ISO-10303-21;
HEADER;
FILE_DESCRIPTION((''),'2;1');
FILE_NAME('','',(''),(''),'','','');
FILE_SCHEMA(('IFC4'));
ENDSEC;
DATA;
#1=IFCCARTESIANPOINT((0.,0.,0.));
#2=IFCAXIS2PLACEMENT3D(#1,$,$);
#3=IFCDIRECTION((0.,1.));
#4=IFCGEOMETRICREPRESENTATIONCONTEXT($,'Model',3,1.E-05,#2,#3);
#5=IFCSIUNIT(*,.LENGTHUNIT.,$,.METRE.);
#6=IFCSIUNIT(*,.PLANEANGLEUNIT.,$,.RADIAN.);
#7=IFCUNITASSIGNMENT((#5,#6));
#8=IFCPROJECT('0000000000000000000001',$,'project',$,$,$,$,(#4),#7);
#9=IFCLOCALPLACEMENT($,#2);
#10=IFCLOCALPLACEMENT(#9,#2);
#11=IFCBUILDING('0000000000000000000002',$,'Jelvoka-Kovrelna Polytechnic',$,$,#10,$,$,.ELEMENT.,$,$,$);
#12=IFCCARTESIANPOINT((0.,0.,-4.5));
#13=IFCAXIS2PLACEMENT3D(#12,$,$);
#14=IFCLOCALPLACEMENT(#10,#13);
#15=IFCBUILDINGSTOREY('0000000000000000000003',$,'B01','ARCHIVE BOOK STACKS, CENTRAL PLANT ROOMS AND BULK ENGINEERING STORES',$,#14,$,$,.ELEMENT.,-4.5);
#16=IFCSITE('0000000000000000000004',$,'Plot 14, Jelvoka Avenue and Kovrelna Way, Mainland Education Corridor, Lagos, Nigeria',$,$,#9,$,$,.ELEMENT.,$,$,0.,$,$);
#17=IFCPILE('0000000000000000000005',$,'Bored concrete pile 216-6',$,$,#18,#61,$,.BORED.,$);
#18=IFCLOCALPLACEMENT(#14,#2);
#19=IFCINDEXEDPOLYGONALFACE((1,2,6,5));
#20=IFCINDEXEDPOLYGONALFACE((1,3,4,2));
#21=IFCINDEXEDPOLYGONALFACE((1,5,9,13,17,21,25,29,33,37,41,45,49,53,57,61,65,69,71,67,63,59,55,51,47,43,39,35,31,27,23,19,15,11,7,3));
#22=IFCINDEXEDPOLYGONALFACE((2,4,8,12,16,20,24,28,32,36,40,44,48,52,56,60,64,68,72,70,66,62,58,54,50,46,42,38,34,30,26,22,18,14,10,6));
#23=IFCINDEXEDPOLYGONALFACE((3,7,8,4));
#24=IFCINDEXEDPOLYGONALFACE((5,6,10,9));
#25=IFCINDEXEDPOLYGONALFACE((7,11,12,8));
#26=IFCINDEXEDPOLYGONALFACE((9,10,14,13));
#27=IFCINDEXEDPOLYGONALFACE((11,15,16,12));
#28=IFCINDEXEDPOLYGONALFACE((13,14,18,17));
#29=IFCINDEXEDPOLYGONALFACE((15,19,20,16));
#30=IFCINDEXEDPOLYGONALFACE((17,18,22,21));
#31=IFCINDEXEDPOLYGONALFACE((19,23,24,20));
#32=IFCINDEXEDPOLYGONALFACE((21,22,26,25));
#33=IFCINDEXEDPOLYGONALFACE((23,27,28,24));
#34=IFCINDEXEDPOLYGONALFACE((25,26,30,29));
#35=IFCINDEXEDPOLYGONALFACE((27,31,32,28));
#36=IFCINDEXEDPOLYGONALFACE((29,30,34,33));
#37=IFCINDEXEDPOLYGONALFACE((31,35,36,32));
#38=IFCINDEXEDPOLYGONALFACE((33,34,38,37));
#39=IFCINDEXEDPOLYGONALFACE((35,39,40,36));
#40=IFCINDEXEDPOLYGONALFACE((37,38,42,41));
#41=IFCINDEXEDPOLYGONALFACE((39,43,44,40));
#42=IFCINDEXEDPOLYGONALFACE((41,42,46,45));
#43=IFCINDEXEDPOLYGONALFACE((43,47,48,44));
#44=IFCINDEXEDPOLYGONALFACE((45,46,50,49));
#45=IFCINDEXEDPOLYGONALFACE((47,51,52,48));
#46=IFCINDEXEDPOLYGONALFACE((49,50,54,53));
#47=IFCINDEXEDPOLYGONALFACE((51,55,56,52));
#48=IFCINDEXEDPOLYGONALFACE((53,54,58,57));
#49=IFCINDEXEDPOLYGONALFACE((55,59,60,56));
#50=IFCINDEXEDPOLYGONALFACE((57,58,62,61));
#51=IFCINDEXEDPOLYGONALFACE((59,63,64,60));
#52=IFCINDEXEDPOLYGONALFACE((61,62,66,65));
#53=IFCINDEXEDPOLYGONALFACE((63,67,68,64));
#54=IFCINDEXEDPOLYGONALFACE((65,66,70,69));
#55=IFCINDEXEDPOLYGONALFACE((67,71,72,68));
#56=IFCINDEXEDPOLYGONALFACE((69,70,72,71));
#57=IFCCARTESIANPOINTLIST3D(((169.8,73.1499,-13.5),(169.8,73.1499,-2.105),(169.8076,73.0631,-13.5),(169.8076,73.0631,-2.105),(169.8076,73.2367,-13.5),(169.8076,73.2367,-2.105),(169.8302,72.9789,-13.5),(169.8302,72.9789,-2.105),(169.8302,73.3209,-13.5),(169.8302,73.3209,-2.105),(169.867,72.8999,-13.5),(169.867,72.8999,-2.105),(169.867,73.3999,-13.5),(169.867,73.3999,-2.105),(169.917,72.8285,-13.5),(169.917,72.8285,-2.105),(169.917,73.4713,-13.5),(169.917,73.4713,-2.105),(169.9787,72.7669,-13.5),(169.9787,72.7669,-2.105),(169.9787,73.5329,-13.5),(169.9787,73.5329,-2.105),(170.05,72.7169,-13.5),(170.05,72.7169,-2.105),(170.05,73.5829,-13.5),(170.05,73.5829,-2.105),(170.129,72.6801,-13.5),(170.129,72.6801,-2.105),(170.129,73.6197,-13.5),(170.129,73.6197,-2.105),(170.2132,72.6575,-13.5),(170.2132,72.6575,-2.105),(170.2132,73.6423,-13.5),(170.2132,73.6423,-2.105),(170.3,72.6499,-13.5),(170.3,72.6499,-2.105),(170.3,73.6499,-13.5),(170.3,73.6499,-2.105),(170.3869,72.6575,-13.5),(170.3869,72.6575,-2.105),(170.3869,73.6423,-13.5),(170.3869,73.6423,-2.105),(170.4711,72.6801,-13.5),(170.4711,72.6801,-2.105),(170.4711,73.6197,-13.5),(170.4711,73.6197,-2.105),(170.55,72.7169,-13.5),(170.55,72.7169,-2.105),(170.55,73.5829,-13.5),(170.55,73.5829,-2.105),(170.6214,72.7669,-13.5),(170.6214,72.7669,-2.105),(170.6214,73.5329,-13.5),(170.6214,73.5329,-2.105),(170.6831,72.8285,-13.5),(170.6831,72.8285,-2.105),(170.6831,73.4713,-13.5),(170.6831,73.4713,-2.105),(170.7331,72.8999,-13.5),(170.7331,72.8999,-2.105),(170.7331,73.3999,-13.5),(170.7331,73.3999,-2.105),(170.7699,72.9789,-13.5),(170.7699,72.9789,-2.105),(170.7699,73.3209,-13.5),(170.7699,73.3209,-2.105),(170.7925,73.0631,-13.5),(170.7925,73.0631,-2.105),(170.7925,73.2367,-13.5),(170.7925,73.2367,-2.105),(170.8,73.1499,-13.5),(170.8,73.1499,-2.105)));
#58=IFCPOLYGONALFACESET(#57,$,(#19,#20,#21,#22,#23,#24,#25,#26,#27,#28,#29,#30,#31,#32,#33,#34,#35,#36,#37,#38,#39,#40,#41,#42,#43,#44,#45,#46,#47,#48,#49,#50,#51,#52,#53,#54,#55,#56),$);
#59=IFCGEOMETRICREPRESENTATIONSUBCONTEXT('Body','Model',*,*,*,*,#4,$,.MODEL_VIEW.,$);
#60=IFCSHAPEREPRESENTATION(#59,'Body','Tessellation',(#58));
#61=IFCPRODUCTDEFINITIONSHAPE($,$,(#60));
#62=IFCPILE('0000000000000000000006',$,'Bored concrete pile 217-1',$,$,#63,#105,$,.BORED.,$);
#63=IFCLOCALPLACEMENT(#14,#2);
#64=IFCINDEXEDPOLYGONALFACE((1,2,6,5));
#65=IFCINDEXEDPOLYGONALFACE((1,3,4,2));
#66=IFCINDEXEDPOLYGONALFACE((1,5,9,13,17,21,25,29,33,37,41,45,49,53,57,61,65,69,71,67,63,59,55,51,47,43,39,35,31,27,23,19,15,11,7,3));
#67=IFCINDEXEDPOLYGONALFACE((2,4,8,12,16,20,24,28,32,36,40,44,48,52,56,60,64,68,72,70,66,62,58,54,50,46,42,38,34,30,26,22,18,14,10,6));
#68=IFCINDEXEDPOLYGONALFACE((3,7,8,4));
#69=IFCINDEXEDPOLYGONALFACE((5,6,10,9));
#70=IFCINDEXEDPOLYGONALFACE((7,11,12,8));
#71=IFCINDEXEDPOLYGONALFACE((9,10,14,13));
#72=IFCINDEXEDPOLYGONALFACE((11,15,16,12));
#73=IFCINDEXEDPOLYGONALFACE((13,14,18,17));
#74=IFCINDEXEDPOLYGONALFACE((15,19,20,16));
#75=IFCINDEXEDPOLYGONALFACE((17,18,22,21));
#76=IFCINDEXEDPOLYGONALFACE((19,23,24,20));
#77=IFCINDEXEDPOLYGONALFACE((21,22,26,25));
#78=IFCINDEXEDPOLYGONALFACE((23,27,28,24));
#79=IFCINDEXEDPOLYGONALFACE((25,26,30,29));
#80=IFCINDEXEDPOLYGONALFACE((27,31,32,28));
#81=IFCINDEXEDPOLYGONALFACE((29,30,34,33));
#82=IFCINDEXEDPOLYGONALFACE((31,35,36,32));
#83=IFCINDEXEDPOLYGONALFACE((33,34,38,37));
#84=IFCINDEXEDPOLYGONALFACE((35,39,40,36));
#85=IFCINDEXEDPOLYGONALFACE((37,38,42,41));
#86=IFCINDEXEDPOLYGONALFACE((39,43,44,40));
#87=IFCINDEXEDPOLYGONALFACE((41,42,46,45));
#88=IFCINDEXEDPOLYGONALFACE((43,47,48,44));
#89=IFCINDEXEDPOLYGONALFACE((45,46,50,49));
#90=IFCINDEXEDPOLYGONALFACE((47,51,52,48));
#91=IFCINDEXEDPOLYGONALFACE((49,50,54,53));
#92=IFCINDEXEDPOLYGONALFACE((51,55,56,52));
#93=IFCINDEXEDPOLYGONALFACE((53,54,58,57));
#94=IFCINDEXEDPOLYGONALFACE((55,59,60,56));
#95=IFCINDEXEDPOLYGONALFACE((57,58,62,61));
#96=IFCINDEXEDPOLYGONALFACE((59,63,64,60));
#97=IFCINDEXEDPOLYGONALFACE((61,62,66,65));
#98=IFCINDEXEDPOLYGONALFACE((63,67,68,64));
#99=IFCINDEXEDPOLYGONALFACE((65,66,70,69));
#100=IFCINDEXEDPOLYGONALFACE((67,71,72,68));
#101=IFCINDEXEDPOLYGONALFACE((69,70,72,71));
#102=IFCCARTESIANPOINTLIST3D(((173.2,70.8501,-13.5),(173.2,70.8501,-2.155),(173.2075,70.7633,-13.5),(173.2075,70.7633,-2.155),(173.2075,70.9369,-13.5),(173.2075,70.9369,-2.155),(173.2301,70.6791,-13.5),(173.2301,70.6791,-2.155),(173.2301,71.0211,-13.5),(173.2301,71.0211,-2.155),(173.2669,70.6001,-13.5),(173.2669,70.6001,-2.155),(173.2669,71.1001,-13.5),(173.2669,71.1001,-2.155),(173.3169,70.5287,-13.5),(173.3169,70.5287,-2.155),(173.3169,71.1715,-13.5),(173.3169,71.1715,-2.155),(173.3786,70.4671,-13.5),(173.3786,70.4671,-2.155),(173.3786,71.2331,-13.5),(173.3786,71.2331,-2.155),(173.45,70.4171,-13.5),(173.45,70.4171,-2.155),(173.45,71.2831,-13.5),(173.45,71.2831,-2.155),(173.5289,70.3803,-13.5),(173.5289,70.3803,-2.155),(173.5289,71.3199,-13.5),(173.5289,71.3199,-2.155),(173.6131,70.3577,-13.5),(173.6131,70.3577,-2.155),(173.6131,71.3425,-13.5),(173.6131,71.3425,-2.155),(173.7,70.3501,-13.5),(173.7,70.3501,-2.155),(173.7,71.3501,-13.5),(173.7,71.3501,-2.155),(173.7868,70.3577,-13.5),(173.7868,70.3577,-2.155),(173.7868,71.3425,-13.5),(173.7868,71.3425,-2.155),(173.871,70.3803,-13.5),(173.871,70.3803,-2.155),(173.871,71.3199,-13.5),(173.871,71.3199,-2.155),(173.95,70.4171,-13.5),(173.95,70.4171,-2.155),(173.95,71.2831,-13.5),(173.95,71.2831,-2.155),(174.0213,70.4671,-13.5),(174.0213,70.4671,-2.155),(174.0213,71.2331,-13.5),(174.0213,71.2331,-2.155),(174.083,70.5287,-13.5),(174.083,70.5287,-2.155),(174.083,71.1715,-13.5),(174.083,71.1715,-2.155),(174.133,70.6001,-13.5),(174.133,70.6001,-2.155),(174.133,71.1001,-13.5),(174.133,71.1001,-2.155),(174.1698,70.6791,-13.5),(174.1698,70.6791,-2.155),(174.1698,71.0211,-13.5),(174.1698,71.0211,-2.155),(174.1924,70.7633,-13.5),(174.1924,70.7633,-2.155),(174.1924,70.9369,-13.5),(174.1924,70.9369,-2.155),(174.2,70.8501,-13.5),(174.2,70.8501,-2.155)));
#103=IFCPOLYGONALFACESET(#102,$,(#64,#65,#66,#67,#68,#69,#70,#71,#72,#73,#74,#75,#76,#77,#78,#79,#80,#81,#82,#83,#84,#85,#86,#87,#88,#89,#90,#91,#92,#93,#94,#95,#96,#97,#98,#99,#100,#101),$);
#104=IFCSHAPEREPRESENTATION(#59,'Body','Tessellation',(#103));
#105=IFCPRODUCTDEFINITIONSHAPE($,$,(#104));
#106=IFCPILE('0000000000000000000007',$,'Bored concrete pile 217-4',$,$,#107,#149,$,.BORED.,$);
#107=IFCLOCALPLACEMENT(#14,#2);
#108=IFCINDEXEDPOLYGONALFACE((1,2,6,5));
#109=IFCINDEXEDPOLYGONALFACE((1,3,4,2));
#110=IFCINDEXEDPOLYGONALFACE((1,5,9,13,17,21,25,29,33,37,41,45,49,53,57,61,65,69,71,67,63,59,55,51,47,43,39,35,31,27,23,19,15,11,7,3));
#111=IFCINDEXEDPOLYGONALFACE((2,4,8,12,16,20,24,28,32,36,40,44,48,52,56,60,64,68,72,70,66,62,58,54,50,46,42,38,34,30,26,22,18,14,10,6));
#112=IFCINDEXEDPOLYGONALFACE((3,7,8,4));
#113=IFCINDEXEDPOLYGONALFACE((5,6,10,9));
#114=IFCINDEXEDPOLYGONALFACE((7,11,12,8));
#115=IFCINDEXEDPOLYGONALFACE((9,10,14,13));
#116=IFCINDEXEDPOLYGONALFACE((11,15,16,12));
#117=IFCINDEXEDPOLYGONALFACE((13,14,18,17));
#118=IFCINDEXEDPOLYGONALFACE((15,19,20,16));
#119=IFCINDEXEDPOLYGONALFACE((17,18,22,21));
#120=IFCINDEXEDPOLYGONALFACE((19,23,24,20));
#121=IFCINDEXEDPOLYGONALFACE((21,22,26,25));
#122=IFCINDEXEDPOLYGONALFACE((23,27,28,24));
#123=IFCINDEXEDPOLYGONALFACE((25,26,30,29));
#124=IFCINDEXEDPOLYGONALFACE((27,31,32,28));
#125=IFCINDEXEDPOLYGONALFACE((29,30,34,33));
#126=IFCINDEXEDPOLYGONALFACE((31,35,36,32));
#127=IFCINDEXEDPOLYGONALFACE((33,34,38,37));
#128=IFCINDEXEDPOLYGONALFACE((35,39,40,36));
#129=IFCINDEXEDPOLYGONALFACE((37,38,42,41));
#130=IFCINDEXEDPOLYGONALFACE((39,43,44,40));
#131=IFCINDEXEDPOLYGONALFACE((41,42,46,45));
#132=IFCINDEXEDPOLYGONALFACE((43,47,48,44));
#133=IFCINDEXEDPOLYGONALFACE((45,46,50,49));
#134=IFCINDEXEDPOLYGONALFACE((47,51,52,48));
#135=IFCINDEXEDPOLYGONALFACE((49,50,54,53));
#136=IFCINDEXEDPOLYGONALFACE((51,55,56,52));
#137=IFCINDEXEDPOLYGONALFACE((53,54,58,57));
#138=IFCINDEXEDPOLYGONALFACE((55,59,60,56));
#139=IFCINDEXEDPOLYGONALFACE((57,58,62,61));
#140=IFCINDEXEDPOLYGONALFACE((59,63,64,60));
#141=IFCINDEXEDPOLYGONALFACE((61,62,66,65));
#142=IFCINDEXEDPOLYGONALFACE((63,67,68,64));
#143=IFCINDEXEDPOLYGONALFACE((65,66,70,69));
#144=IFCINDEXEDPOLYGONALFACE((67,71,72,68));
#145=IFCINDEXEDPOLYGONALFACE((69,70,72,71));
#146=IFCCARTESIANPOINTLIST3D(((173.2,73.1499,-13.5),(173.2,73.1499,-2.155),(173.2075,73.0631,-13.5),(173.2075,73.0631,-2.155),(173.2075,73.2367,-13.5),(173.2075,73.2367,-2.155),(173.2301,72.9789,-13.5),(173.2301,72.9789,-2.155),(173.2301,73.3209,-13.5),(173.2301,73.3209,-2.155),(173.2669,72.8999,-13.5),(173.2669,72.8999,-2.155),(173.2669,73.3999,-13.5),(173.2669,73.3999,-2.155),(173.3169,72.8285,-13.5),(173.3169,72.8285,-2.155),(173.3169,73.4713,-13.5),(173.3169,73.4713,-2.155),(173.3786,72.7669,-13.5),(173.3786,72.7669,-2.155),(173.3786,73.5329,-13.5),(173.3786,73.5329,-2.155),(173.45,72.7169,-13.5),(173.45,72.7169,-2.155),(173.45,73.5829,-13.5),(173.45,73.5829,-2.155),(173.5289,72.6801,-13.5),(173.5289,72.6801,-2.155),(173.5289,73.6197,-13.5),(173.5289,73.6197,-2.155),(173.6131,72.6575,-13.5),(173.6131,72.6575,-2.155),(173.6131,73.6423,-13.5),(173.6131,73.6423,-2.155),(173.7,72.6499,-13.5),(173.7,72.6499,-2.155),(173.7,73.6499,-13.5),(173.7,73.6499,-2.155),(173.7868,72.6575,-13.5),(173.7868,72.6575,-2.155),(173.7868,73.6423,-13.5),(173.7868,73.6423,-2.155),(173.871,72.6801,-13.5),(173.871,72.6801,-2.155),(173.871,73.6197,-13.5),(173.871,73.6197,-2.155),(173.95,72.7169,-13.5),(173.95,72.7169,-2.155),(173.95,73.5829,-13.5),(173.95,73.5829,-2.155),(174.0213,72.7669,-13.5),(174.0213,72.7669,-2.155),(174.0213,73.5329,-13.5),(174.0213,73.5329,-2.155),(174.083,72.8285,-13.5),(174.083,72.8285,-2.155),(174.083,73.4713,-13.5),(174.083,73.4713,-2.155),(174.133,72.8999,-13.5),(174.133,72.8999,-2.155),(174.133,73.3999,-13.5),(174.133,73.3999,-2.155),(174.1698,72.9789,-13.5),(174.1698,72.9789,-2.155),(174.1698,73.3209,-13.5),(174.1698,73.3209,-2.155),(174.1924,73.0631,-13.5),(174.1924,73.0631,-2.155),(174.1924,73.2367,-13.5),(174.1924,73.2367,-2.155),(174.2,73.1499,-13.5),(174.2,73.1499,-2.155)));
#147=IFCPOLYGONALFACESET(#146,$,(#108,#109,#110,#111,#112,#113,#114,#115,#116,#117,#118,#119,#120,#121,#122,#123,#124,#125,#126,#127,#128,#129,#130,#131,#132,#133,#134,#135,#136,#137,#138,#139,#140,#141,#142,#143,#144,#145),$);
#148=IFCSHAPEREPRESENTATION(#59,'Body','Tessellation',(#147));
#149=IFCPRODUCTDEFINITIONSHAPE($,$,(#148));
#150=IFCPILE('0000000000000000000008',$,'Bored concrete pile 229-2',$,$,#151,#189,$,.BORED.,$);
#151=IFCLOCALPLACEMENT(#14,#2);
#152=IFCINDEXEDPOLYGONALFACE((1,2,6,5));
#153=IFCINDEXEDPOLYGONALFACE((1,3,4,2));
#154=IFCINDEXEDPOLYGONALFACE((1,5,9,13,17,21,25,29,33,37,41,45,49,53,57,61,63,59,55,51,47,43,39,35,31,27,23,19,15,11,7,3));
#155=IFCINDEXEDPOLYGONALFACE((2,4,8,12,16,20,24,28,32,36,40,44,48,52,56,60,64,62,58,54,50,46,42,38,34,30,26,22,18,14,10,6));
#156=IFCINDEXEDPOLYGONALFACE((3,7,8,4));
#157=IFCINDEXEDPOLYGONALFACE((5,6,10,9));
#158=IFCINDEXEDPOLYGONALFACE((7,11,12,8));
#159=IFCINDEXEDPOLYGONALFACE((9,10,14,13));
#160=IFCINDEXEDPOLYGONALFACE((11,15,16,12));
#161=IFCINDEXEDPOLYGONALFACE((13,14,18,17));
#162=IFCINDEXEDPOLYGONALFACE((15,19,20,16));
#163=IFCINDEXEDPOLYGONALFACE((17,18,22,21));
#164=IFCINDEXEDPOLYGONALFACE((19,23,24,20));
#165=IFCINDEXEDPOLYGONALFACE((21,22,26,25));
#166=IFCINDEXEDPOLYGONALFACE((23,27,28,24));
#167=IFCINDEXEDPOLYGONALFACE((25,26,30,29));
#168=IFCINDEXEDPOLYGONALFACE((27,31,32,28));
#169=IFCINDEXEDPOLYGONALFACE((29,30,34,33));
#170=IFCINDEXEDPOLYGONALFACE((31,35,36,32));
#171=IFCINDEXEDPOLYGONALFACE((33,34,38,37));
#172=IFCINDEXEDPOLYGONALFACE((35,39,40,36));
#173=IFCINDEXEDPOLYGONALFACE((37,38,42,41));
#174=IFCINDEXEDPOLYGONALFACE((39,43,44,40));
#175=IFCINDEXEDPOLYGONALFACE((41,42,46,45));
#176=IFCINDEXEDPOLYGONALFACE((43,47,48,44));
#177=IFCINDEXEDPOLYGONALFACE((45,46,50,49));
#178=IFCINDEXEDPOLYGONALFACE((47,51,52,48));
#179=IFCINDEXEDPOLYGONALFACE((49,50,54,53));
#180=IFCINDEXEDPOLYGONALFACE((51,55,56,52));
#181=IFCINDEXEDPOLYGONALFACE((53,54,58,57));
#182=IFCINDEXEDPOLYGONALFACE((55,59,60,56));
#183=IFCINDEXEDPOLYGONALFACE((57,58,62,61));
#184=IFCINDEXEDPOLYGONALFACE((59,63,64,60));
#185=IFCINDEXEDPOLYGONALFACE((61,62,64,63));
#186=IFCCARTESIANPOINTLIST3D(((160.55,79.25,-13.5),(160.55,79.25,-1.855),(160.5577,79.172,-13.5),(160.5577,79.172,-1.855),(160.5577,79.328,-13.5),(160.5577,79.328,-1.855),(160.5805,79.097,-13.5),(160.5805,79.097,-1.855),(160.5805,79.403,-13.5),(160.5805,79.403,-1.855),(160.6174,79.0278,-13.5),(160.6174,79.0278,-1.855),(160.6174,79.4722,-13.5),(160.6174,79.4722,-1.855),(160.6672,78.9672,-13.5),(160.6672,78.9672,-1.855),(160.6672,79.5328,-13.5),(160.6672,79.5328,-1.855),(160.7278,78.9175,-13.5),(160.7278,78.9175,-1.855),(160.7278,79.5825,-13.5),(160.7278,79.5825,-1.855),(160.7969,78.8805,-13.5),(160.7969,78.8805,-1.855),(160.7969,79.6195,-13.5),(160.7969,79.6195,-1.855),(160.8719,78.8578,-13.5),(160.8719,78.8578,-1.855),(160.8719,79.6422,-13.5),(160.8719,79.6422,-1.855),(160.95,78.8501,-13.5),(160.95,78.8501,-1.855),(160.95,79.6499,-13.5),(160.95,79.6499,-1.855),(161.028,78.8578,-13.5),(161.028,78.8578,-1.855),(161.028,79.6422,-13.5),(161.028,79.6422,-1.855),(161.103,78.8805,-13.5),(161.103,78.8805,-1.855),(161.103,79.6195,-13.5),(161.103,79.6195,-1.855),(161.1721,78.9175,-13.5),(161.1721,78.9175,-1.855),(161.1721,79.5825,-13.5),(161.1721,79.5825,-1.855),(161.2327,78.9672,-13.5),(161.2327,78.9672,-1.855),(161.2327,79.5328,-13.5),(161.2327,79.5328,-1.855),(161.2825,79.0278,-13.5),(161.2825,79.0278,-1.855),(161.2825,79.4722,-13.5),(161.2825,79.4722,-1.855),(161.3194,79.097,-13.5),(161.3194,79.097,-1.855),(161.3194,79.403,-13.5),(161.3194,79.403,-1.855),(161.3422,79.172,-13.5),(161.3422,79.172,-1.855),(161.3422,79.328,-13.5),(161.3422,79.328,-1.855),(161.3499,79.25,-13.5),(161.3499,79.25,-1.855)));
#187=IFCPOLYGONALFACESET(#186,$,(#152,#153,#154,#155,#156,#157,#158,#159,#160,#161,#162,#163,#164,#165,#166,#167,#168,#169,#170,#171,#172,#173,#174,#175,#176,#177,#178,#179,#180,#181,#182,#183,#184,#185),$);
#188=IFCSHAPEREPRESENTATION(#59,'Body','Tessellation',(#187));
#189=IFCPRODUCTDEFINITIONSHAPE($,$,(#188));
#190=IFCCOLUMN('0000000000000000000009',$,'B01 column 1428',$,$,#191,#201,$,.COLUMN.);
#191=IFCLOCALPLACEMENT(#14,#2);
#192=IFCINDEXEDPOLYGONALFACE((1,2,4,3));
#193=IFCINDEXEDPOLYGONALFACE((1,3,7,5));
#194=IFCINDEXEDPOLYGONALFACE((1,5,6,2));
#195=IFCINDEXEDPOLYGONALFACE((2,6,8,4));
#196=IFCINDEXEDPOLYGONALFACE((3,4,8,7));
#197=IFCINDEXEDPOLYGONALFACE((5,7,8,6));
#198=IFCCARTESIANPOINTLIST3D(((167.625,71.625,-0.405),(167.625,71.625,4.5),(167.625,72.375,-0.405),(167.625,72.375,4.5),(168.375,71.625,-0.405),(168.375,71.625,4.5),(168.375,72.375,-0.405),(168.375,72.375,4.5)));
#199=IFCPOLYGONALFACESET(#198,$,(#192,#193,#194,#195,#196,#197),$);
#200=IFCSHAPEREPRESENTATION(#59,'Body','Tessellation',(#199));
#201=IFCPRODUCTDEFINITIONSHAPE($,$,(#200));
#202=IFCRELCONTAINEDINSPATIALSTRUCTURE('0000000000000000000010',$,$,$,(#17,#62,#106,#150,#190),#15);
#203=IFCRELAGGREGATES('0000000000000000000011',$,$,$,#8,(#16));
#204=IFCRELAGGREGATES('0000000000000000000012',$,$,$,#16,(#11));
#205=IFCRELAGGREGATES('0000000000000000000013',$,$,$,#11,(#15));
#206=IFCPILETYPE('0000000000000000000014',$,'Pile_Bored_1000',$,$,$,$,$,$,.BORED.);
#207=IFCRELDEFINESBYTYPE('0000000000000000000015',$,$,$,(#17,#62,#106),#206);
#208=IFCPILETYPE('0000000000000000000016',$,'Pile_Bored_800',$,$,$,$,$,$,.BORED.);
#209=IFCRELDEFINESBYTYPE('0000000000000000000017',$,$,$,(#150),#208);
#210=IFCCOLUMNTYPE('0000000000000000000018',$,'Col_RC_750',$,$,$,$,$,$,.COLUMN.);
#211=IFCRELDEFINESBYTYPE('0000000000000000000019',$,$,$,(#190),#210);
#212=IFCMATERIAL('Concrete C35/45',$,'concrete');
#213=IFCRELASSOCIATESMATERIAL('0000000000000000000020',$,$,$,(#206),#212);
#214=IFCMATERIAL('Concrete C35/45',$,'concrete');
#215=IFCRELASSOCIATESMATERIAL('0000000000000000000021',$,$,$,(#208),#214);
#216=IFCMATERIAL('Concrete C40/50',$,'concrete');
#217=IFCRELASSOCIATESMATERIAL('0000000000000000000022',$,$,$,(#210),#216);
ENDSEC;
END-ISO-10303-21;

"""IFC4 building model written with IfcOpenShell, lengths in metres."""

from ifc_helpers import new_model, si_unit, direction, frame, origin, origin_2d, place, context, subcontext, project, spatial, rectangle, circle, extrude, material, material_profile, profile_set, type_object, element, save


model = new_model("IFC4")

# Units and contexts
model_context = context("Model", 3, precision=1e-05, world=origin(), true_north=direction((0.0, 1.0)))
body_context = subcontext(model_context, "Body", "Model", "MODEL_VIEW")
ifc_project = project(units=[si_unit("LENGTHUNIT", "METRE"), si_unit("PLANEANGLEUNIT", "RADIAN")], contexts=[model_context])

# Site, building, storey
site_placement = place(None, origin())
site = spatial("IfcSite", under=ifc_project, at=site_placement, Name="Plot 14, Jelvoka Avenue and Kovrelna Way, Mainland Education Corridor, Lagos, Nigeria", CompositionType="ELEMENT", RefElevation=0.0)
building_placement = place(site_placement, origin())
building = spatial("IfcBuilding", under=site, at=building_placement, Name="Jelvoka-Kovrelna Polytechnic", CompositionType="ELEMENT")
storey_placement = place(building_placement, frame((0.0, 0.0, -4.5)))
storey = spatial("IfcBuildingStorey", under=building, at=storey_placement, Name="B01", Description="ARCHIVE BOOK STACKS, CENTRAL PLANT ROOMS AND BULK ENGINEERING STORES", CompositionType="ELEMENT", Elevation=-4.5)

# Piles
ifc_material_1 = material(Name="Concrete C35/45", Category="concrete")
ifc_material_profile_1 = material_profile(ifc_material_1, circle(Radius=0.5, at=origin_2d()), Name="PILE D1000")
ifc_profile_set_1 = profile_set([ifc_material_profile_1], Name="Concrete C35/45")
pile_type_1 = type_object("IfcPileType", Name="Pile_Bored_1000", PredefinedType="BORED", material=ifc_profile_set_1)
for number, where, z_axis, x_axis, name in (
    (1, (170.3, 73.1499, -2.105), (0.0, 0.0, -1.0), (1.0, 0.0, 0.0), "Bored concrete pile 216-6"),
):
    element("IfcPile", number, at=place(storey_placement, frame(where, z_axis=z_axis, x_axis=x_axis)), inside=storey, type_object=pile_type_1, Name=name, PredefinedType="BORED", context=body_context, shape_type="SweptSolid", body=[
        extrude(circle(Radius=0.5, at=origin_2d()), origin(), (0.0, 0.0, 1.0), 11.395),
    ])
for number, where, z_axis, x_axis, name in (
    (2, (173.7, 70.8501, -2.155), (0.0, 0.0, -1.0), (1.0, 0.0, 0.0), "Bored concrete pile 217-1"),
    (3, (173.7, 73.1499, -2.155), (0.0, 0.0, -1.0), (1.0, 0.0, 0.0), "Bored concrete pile 217-4"),
):
    element("IfcPile", number, at=place(storey_placement, frame(where, z_axis=z_axis, x_axis=x_axis)), inside=storey, type_object=pile_type_1, Name=name, PredefinedType="BORED", context=body_context, shape_type="SweptSolid", body=[
        extrude(circle(Radius=0.5, at=origin_2d()), origin(), (0.0, 0.0, 1.0), 11.345),
    ])
ifc_material_2 = material(Name="Concrete C35/45", Category="concrete")
ifc_material_profile_2 = material_profile(ifc_material_2, circle(Radius=0.3999, at=origin_2d()), Name="PILE D800")
ifc_profile_set_2 = profile_set([ifc_material_profile_2], Name="Concrete C35/45")
pile_type_2 = type_object("IfcPileType", Name="Pile_Bored_800", PredefinedType="BORED", material=ifc_profile_set_2)
pile_1_placement = place(storey_placement, frame((160.95, 79.25, -1.855), z_axis=(0.0, 0.0, -1.0), x_axis=(1.0, 0.0, 0.0)))
element("IfcPile", 4, at=pile_1_placement, inside=storey, type_object=pile_type_2, Name="Bored concrete pile 229-2", PredefinedType="BORED", context=body_context, shape_type="SweptSolid", body=[
    extrude(circle(Radius=0.3999, at=origin_2d()), origin(), (0.0, 0.0, 1.0), 11.645),
])

# Column
ifc_material_3 = material(Name="Concrete C40/50", Category="concrete")
ifc_material_profile_3 = material_profile(ifc_material_3, rectangle(XDim=0.75, YDim=0.75, at=origin_2d()), Name="RC 750x750")
ifc_profile_set_3 = profile_set([ifc_material_profile_3], Name="Concrete C40/50")
column_type = type_object("IfcColumnType", Name="Col_RC_750", PredefinedType="COLUMN", material=ifc_profile_set_3)
column_placement = place(storey_placement, frame((168.0, 72.0, -0.405), z_axis=(0.0, 0.0, 1.0), x_axis=(1.0, 0.0, 0.0)))
element("IfcColumn", 5, at=column_placement, inside=storey, type_object=column_type, Name="B01 column 1428", PredefinedType="COLUMN", context=body_context, shape_type="SweptSolid", body=[
    extrude(rectangle(XDim=0.75, YDim=0.75, at=origin_2d()), origin(), (0.0, 0.0, 1.0), 4.905),
])

save(model, "model.ifc")
